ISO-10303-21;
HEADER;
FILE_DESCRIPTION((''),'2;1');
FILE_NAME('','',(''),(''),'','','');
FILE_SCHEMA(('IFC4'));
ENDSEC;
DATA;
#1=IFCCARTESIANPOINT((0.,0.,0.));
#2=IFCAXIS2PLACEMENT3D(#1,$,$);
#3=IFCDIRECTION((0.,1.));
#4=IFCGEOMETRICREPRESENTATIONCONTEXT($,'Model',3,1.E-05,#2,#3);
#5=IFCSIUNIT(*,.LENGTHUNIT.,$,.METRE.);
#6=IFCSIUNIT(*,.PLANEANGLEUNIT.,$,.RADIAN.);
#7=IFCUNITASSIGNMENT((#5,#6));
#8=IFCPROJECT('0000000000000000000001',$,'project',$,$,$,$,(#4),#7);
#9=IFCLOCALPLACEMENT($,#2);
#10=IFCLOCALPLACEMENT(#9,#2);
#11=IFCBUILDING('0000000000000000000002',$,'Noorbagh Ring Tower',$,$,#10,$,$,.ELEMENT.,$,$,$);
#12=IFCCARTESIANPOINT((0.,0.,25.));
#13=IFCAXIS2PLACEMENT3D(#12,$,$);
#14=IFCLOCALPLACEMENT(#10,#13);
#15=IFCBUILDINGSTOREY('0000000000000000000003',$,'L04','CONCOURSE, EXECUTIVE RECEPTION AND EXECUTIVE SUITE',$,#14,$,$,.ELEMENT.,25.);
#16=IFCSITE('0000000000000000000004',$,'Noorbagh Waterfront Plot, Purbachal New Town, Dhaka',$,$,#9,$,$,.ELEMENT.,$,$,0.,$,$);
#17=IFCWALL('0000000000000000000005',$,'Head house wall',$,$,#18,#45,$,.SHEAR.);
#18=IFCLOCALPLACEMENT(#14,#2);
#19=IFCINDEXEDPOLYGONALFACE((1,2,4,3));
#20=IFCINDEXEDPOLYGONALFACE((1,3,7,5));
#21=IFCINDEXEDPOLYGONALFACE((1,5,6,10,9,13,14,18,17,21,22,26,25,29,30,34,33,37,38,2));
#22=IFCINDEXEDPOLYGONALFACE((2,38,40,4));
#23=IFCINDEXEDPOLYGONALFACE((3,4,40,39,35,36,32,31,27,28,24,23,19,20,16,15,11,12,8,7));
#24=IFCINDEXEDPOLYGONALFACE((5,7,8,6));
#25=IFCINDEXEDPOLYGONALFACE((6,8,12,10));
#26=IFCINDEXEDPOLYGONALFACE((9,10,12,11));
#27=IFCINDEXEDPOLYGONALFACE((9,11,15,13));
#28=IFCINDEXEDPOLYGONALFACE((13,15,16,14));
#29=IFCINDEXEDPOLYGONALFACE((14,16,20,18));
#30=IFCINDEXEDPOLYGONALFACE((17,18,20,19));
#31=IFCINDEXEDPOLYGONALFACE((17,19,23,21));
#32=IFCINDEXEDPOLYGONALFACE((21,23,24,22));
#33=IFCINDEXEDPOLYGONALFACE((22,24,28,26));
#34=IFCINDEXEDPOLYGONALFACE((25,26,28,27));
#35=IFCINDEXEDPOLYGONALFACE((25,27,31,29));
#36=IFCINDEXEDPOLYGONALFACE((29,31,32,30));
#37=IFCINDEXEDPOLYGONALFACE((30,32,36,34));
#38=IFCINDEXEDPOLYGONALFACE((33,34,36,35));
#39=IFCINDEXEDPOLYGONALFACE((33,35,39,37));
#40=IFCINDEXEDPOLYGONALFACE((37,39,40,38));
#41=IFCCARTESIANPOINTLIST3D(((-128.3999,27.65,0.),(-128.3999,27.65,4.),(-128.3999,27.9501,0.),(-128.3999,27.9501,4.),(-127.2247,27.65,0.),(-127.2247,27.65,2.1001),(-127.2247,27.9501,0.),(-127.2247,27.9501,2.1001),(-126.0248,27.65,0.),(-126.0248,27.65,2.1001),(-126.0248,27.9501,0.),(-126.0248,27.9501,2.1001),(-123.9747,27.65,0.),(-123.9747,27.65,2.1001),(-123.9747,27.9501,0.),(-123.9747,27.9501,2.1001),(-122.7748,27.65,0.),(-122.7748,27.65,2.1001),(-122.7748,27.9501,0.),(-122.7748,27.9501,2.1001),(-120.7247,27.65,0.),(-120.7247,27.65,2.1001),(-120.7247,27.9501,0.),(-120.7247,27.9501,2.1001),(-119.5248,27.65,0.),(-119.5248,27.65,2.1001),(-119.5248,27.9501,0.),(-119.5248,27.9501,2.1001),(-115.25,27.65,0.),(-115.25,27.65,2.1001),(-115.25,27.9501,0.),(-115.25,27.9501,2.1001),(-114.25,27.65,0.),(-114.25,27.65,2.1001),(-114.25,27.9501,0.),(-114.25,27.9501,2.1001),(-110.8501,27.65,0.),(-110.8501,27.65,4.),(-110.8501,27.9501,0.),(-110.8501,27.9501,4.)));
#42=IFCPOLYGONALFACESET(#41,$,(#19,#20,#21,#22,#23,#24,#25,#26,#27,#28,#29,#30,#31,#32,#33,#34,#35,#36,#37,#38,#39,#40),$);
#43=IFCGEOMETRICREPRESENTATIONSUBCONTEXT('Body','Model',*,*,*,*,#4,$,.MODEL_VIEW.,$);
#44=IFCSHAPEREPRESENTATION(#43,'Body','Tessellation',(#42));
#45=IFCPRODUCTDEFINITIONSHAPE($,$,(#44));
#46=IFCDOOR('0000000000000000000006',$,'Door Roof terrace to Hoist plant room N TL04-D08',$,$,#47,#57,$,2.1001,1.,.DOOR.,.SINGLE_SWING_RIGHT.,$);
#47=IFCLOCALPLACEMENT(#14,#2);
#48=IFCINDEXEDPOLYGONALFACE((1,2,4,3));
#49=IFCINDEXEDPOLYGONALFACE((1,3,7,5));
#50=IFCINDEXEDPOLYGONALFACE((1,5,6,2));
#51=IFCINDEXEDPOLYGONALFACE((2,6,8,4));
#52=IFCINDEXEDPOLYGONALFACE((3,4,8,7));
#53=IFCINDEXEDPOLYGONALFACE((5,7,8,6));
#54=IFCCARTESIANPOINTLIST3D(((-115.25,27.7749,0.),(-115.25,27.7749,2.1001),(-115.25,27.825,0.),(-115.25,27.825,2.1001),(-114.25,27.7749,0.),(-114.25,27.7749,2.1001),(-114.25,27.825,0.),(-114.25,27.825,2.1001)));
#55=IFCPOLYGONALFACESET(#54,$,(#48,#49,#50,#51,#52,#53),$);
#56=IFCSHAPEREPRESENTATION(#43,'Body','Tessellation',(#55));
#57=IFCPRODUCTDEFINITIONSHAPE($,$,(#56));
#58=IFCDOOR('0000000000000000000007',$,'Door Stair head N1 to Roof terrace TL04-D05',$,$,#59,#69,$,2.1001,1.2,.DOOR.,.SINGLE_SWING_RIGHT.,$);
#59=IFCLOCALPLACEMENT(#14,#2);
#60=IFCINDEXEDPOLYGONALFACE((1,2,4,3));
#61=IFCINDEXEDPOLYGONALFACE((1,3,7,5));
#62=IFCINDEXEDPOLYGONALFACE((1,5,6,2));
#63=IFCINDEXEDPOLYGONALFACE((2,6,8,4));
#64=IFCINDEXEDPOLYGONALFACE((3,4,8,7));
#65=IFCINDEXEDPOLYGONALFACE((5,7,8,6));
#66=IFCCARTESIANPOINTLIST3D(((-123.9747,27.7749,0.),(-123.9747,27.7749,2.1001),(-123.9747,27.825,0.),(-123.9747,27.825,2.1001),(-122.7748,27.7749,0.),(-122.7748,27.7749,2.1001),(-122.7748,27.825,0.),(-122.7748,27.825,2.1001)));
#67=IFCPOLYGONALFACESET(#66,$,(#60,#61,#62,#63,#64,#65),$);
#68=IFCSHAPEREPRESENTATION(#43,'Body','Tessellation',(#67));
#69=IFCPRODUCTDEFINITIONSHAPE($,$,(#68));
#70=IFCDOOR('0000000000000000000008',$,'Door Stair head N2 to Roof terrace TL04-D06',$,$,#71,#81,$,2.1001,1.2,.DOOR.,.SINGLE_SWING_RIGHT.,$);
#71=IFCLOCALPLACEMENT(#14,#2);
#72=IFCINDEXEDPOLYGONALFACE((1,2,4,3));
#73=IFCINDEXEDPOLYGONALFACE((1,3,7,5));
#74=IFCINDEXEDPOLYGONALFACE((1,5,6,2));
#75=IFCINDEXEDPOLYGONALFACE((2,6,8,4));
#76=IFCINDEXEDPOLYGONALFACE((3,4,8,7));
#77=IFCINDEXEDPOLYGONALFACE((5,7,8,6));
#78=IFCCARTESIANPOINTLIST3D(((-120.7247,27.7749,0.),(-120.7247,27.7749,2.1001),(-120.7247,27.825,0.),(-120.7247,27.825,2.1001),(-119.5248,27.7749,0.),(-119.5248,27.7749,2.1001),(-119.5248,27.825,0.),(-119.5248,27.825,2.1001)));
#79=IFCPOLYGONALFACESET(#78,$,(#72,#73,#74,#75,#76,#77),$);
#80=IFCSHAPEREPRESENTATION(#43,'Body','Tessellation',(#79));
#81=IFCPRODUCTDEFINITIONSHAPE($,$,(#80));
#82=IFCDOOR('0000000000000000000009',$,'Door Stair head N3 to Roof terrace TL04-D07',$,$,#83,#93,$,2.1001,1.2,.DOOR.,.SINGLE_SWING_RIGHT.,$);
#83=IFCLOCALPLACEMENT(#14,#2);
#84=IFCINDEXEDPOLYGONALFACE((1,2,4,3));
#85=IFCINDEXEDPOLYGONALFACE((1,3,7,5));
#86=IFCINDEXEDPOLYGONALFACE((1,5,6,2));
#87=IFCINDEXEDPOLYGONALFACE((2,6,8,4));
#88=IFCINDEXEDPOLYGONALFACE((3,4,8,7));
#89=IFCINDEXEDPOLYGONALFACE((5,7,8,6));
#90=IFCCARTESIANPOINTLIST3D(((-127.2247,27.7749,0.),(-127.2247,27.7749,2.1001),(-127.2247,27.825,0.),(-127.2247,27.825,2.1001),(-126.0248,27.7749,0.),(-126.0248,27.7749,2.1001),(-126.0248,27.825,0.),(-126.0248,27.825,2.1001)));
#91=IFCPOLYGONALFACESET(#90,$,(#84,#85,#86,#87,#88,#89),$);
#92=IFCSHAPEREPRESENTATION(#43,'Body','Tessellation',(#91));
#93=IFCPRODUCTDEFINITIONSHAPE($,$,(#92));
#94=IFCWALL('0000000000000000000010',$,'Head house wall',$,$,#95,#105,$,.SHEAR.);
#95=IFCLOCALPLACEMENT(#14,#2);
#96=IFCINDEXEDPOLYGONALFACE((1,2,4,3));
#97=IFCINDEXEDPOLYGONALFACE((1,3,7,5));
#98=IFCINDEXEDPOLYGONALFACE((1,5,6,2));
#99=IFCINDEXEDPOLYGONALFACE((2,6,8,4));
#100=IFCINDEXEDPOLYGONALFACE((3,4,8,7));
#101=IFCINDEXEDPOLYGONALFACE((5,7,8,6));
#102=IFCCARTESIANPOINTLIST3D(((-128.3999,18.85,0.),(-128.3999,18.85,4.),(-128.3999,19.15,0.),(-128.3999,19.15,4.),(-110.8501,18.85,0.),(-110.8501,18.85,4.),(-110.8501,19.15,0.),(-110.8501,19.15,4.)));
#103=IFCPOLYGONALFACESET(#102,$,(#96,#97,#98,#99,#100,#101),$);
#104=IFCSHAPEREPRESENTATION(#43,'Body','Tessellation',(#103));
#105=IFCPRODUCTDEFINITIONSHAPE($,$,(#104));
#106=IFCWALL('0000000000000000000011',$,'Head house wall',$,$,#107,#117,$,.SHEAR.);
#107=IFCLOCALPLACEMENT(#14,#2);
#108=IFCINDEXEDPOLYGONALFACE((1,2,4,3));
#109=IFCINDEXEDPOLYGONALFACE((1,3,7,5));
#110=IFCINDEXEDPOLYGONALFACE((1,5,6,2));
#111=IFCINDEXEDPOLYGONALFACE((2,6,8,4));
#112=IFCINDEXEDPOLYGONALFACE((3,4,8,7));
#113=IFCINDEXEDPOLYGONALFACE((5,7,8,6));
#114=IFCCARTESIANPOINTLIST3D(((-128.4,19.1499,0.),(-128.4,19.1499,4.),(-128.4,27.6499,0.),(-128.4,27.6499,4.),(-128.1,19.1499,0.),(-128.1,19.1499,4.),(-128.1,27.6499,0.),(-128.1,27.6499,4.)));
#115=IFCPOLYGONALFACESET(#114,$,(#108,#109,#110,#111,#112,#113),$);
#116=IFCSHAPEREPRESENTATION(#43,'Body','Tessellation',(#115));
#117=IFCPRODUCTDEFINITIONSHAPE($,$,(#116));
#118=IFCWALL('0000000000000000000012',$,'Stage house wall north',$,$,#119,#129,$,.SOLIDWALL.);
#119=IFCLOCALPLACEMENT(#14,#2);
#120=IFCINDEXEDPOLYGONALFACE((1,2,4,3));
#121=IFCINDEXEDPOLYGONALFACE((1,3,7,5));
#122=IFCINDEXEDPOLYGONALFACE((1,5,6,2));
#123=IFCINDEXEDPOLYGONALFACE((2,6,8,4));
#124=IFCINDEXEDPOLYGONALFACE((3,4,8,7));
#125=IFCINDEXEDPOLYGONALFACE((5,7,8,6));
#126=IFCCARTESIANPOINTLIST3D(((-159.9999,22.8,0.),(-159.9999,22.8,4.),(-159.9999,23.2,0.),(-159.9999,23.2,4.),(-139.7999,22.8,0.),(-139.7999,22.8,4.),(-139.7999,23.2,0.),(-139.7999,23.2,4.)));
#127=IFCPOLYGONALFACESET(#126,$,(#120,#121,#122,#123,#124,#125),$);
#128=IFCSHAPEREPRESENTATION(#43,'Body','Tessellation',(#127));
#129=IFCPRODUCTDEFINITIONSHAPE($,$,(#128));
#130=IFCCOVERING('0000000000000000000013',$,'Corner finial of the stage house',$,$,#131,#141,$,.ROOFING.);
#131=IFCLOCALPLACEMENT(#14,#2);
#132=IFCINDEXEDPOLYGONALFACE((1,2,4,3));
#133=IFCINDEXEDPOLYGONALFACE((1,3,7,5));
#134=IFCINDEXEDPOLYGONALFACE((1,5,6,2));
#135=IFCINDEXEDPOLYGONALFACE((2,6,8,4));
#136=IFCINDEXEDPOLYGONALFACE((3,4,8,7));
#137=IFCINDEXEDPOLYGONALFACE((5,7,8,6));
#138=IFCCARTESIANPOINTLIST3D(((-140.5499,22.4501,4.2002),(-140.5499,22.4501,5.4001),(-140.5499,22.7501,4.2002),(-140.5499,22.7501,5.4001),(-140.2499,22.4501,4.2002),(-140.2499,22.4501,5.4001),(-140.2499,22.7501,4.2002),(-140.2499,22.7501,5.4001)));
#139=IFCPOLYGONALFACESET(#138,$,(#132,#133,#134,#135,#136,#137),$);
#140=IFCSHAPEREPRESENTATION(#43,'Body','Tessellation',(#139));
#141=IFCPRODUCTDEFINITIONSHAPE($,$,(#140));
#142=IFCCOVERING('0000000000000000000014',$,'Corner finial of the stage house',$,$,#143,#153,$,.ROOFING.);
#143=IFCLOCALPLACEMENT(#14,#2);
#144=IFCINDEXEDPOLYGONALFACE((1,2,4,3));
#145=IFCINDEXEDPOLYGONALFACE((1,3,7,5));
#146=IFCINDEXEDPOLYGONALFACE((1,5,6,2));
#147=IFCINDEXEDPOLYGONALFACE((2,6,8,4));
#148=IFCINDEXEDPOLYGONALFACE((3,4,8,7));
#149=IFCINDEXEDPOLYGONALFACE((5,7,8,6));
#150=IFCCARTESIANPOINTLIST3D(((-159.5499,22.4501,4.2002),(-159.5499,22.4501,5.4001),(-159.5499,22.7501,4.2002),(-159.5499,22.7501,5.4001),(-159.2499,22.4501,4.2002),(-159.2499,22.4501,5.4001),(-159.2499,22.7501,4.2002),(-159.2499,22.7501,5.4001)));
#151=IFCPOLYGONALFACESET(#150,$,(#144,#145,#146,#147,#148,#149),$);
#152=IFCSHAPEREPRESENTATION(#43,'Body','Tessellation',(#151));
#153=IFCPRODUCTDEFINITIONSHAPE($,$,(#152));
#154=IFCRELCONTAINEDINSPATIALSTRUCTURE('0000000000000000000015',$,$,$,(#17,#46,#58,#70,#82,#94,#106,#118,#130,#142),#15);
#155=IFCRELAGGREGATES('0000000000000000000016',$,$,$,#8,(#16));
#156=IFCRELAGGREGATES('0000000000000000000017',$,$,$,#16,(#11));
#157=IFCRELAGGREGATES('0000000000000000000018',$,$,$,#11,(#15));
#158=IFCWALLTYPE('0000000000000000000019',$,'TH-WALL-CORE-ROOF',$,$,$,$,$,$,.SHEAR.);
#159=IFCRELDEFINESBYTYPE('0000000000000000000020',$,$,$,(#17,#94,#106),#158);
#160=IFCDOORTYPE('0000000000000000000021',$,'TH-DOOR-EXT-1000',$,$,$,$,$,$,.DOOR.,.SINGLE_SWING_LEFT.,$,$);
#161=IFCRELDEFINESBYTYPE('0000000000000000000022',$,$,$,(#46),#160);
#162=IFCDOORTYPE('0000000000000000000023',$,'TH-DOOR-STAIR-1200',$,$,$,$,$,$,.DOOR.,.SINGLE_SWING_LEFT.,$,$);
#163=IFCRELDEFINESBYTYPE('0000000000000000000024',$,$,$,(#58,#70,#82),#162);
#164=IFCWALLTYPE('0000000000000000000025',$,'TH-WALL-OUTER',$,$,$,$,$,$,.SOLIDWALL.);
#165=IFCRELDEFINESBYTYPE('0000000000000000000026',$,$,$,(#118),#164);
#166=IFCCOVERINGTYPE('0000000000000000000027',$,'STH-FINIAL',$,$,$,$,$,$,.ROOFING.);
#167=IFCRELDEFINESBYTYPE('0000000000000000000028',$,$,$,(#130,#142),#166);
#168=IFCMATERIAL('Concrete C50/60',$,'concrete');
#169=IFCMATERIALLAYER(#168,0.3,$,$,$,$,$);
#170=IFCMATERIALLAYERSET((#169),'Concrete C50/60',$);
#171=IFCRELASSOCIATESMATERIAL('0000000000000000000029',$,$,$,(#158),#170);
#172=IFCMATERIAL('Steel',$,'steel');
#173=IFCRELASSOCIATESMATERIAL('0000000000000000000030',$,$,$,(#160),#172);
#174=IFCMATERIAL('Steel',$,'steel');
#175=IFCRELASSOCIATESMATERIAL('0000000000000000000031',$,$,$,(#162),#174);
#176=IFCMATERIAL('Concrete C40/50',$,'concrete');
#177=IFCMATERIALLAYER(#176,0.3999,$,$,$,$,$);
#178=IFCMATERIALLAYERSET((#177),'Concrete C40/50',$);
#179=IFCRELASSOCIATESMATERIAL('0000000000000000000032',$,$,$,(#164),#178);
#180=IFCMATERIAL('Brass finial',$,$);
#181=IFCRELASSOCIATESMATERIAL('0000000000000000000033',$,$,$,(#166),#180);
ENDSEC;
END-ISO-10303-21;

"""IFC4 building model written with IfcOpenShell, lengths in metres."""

from ifc_helpers import new_model, si_unit, direction, frame, frame_2d, origin, origin_2d, place, context, subcontext, project, spatial, rectangle, extrude, material, layer, layer_set, type_object, element, fill, save


model = new_model("IFC4")

# Units and contexts
model_context = context("Model", 3, precision=1e-05, world=origin(), true_north=direction((0.0, 1.0)))
body_context = subcontext(model_context, "Body", "Model", "MODEL_VIEW")
ifc_project = project(units=[si_unit("LENGTHUNIT", "METRE"), si_unit("PLANEANGLEUNIT", "RADIAN")], contexts=[model_context])

# Site, building, storey
site_placement = place(None, origin())
site = spatial("IfcSite", under=ifc_project, at=site_placement, Name="Noorbagh Waterfront Plot, Purbachal New Town, Dhaka", CompositionType="ELEMENT", RefElevation=0.0)
building_placement = place(site_placement, origin())
building = spatial("IfcBuilding", under=site, at=building_placement, Name="Noorbagh Ring Tower", CompositionType="ELEMENT")
storey_placement = place(building_placement, frame((0.0, 0.0, 25.0)))
storey = spatial("IfcBuildingStorey", under=building, at=storey_placement, Name="L04", Description="CONCOURSE, EXECUTIVE RECEPTION AND EXECUTIVE SUITE", CompositionType="ELEMENT", Elevation=25.0)

# Wall, openings, doors
ifc_material_1 = material(Name="Concrete C50/60", Category="concrete")
ifc_layer_1 = layer(ifc_material_1, 0.3)
ifc_layer_set_1 = layer_set([ifc_layer_1], Name="Concrete C50/60")
wall_type_1 = type_object("IfcWallType", Name="TH-WALL-CORE-ROOF", PredefinedType="SHEAR", material=ifc_layer_set_1)
wall_1_placement = place(storey_placement, frame((-128.3999, 27.8, 0.0), z_axis=(0.0, 0.0, 1.0), x_axis=(1.0, 0.0, 0.0)))
wall_1 = element("IfcWall", 1, at=wall_1_placement, inside=storey, type_object=wall_type_1, Name="Head house wall", PredefinedType="SHEAR", context=body_context, shape_type="SweptSolid", body=[
    extrude(rectangle(XDim=17.5498, YDim=0.3, at=frame_2d((8.7749, 0.0))), origin(), (0.0, 0.0, 1.0), 4.0),
])
opening_1_placement = place(wall_1_placement, frame((4.425, 0.0, 0.0)))
opening_1 = element("IfcOpeningElement", 2, at=opening_1_placement, cuts=wall_1, PredefinedType="OPENING", context=body_context, shape_type="SweptSolid", body=[
    extrude(rectangle(XDim=1.2, YDim=2.1001, at=frame_2d((0.6001, 1.05))), frame((0.0, 0.1602, 0.0), z_axis=(0.0, -1.0, 0.0), x_axis=(1.0, 0.0, 0.0)), (0.0, 0.0, 1.0), 0.3201),
])
opening_2_placement = place(wall_1_placement, frame((7.675, 0.0, 0.0)))
opening_2 = element("IfcOpeningElement", 3, at=opening_2_placement, cuts=wall_1, PredefinedType="OPENING", context=body_context, shape_type="SweptSolid", body=[
    extrude(rectangle(XDim=1.2, YDim=2.1001, at=frame_2d((0.6001, 1.05))), frame((0.0, 0.1602, 0.0), z_axis=(0.0, -1.0, 0.0), x_axis=(1.0, 0.0, 0.0)), (0.0, 0.0, 1.0), 0.3201),
])
opening_3_placement = place(wall_1_placement, frame((1.175, 0.0, 0.0)))
opening_3 = element("IfcOpeningElement", 4, at=opening_3_placement, cuts=wall_1, PredefinedType="OPENING", context=body_context, shape_type="SweptSolid", body=[
    extrude(rectangle(XDim=1.2, YDim=2.1001, at=frame_2d((0.6001, 1.05))), frame((0.0, 0.1602, 0.0), z_axis=(0.0, -1.0, 0.0), x_axis=(1.0, 0.0, 0.0)), (0.0, 0.0, 1.0), 0.3201),
])
opening_4_placement = place(wall_1_placement, frame((13.1499, 0.0, 0.0)))
opening_4 = element("IfcOpeningElement", 5, at=opening_4_placement, cuts=wall_1, PredefinedType="OPENING", context=body_context, shape_type="SweptSolid", body=[
    extrude(rectangle(XDim=1.0, YDim=2.1001, at=frame_2d((0.5, 1.05))), frame((0.0, 0.1602, 0.0), z_axis=(0.0, -1.0, 0.0), x_axis=(1.0, 0.0, 0.0)), (0.0, 0.0, 1.0), 0.3201),
])
ifc_material_2 = material(Name="Steel", Category="steel")
door_type_1 = type_object("IfcDoorType", Name="TH-DOOR-EXT-1000", OperationType="SINGLE_SWING_LEFT", PredefinedType="DOOR", material=ifc_material_2)
door_1_placement = place(opening_4_placement, origin())
door_1 = element("IfcDoor", 6, at=door_1_placement, inside=storey, type_object=door_type_1, Name="Door Roof terrace to Hoist plant room N TL04-D08", OperationType="SINGLE_SWING_RIGHT", OverallHeight=2.1001, OverallWidth=1.0, PredefinedType="DOOR", context=body_context, shape_type="SweptSolid", body=[
    extrude(rectangle(XDim=1.0, YDim=2.1001, at=frame_2d((0.5, 1.05))), frame((0.0, 0.0249, 0.0), z_axis=(0.0, -1.0, 0.0), x_axis=(1.0, 0.0, 0.0)), (0.0, 0.0, 1.0), 0.05),
])
fill(opening_4, door_1)
ifc_material_3 = material(Name="Steel", Category="steel")
door_type_2 = type_object("IfcDoorType", Name="TH-DOOR-STAIR-1200", OperationType="SINGLE_SWING_LEFT", PredefinedType="DOOR", material=ifc_material_3)
door_2_placement = place(opening_1_placement, origin())
door_2 = element("IfcDoor", 7, at=door_2_placement, inside=storey, type_object=door_type_2, Name="Door Stair head N1 to Roof terrace TL04-D05", OperationType="SINGLE_SWING_RIGHT", OverallHeight=2.1001, OverallWidth=1.2, PredefinedType="DOOR", context=body_context, shape_type="SweptSolid", body=[
    extrude(rectangle(XDim=1.2, YDim=2.1001, at=frame_2d((0.6001, 1.05))), frame((0.0, 0.0249, 0.0), z_axis=(0.0, -1.0, 0.0), x_axis=(1.0, 0.0, 0.0)), (0.0, 0.0, 1.0), 0.05),
])
fill(opening_1, door_2)
door_3_placement = place(opening_2_placement, origin())
door_3 = element("IfcDoor", 8, at=door_3_placement, inside=storey, type_object=door_type_2, Name="Door Stair head N2 to Roof terrace TL04-D06", OperationType="SINGLE_SWING_RIGHT", OverallHeight=2.1001, OverallWidth=1.2, PredefinedType="DOOR", context=body_context, shape_type="SweptSolid", body=[
    extrude(rectangle(XDim=1.2, YDim=2.1001, at=frame_2d((0.6001, 1.05))), frame((0.0, 0.0249, 0.0), z_axis=(0.0, -1.0, 0.0), x_axis=(1.0, 0.0, 0.0)), (0.0, 0.0, 1.0), 0.05),
])
fill(opening_2, door_3)
door_4_placement = place(opening_3_placement, origin())
door_4 = element("IfcDoor", 9, at=door_4_placement, inside=storey, type_object=door_type_2, Name="Door Stair head N3 to Roof terrace TL04-D07", OperationType="SINGLE_SWING_RIGHT", OverallHeight=2.1001, OverallWidth=1.2, PredefinedType="DOOR", context=body_context, shape_type="SweptSolid", body=[
    extrude(rectangle(XDim=1.2, YDim=2.1001, at=frame_2d((0.6001, 1.05))), frame((0.0, 0.0249, 0.0), z_axis=(0.0, -1.0, 0.0), x_axis=(1.0, 0.0, 0.0)), (0.0, 0.0, 1.0), 0.05),
])
fill(opening_3, door_4)

# Walls
wall_2_placement = place(storey_placement, frame((-128.3999, 19.0, 0.0), z_axis=(0.0, 0.0, 1.0), x_axis=(1.0, 0.0, 0.0)))
element("IfcWall", 10, at=wall_2_placement, inside=storey, type_object=wall_type_1, Name="Head house wall", PredefinedType="SHEAR", context=body_context, shape_type="SweptSolid", body=[
    extrude(rectangle(XDim=17.5498, YDim=0.3, at=frame_2d((8.7749, 0.0))), origin(), (0.0, 0.0, 1.0), 4.0),
])
wall_3_placement = place(storey_placement, frame((-128.25, 19.1499, 0.0), z_axis=(0.0, 0.0, 1.0), x_axis=(0.0, 1.0, 0.0)))
element("IfcWall", 11, at=wall_3_placement, inside=storey, type_object=wall_type_1, Name="Head house wall", PredefinedType="SHEAR", context=body_context, shape_type="SweptSolid", body=[
    extrude(rectangle(XDim=8.5, YDim=0.3, at=frame_2d((4.25, 0.0))), origin(), (0.0, 0.0, 1.0), 4.0),
])
ifc_material_4 = material(Name="Concrete C40/50", Category="concrete")
ifc_layer_2 = layer(ifc_material_4, 0.3999)
ifc_layer_set_2 = layer_set([ifc_layer_2], Name="Concrete C40/50")
wall_type_2 = type_object("IfcWallType", Name="TH-WALL-OUTER", PredefinedType="SOLIDWALL", material=ifc_layer_set_2)
wall_4_placement = place(storey_placement, frame((-160.0, 23.0, 0.0), z_axis=(0.0, 0.0, 1.0), x_axis=(1.0, 0.0, 0.0)))
element("IfcWall", 12, at=wall_4_placement, inside=storey, type_object=wall_type_2, Name="Stage house wall north", PredefinedType="SOLIDWALL", context=body_context, shape_type="SweptSolid", body=[
    extrude(rectangle(XDim=20.2, YDim=0.3999, at=frame_2d((10.1001, 0.0))), origin(), (0.0, 0.0, 1.0), 4.0),
])

# Coverings
ifc_material_5 = material(Name="Brass finial")
covering_type_1 = type_object("IfcCoveringType", Name="STH-FINIAL", PredefinedType="ROOFING", material=ifc_material_5)
for number, where, z_axis, x_axis, name in (
    (13, (-140.3999, 22.6001, 4.2002), (0.0, 0.0, 1.0), (1.0, 0.0, 0.0), "Corner finial of the stage house"),
    (14, (-159.3999, 22.6001, 4.2002), (0.0, 0.0, 1.0), (1.0, 0.0, 0.0), "Corner finial of the stage house"),
):
    element("IfcCovering", number, at=place(storey_placement, frame(where, z_axis=z_axis, x_axis=x_axis)), inside=storey, type_object=covering_type_1, Name=name, PredefinedType="ROOFING", context=body_context, shape_type="SweptSolid", body=[
        extrude(rectangle(XDim=0.3, YDim=0.3, at=origin_2d()), origin(), (0.0, 0.0, 1.0), 1.2),
    ])

save(model, "model.ifc")
